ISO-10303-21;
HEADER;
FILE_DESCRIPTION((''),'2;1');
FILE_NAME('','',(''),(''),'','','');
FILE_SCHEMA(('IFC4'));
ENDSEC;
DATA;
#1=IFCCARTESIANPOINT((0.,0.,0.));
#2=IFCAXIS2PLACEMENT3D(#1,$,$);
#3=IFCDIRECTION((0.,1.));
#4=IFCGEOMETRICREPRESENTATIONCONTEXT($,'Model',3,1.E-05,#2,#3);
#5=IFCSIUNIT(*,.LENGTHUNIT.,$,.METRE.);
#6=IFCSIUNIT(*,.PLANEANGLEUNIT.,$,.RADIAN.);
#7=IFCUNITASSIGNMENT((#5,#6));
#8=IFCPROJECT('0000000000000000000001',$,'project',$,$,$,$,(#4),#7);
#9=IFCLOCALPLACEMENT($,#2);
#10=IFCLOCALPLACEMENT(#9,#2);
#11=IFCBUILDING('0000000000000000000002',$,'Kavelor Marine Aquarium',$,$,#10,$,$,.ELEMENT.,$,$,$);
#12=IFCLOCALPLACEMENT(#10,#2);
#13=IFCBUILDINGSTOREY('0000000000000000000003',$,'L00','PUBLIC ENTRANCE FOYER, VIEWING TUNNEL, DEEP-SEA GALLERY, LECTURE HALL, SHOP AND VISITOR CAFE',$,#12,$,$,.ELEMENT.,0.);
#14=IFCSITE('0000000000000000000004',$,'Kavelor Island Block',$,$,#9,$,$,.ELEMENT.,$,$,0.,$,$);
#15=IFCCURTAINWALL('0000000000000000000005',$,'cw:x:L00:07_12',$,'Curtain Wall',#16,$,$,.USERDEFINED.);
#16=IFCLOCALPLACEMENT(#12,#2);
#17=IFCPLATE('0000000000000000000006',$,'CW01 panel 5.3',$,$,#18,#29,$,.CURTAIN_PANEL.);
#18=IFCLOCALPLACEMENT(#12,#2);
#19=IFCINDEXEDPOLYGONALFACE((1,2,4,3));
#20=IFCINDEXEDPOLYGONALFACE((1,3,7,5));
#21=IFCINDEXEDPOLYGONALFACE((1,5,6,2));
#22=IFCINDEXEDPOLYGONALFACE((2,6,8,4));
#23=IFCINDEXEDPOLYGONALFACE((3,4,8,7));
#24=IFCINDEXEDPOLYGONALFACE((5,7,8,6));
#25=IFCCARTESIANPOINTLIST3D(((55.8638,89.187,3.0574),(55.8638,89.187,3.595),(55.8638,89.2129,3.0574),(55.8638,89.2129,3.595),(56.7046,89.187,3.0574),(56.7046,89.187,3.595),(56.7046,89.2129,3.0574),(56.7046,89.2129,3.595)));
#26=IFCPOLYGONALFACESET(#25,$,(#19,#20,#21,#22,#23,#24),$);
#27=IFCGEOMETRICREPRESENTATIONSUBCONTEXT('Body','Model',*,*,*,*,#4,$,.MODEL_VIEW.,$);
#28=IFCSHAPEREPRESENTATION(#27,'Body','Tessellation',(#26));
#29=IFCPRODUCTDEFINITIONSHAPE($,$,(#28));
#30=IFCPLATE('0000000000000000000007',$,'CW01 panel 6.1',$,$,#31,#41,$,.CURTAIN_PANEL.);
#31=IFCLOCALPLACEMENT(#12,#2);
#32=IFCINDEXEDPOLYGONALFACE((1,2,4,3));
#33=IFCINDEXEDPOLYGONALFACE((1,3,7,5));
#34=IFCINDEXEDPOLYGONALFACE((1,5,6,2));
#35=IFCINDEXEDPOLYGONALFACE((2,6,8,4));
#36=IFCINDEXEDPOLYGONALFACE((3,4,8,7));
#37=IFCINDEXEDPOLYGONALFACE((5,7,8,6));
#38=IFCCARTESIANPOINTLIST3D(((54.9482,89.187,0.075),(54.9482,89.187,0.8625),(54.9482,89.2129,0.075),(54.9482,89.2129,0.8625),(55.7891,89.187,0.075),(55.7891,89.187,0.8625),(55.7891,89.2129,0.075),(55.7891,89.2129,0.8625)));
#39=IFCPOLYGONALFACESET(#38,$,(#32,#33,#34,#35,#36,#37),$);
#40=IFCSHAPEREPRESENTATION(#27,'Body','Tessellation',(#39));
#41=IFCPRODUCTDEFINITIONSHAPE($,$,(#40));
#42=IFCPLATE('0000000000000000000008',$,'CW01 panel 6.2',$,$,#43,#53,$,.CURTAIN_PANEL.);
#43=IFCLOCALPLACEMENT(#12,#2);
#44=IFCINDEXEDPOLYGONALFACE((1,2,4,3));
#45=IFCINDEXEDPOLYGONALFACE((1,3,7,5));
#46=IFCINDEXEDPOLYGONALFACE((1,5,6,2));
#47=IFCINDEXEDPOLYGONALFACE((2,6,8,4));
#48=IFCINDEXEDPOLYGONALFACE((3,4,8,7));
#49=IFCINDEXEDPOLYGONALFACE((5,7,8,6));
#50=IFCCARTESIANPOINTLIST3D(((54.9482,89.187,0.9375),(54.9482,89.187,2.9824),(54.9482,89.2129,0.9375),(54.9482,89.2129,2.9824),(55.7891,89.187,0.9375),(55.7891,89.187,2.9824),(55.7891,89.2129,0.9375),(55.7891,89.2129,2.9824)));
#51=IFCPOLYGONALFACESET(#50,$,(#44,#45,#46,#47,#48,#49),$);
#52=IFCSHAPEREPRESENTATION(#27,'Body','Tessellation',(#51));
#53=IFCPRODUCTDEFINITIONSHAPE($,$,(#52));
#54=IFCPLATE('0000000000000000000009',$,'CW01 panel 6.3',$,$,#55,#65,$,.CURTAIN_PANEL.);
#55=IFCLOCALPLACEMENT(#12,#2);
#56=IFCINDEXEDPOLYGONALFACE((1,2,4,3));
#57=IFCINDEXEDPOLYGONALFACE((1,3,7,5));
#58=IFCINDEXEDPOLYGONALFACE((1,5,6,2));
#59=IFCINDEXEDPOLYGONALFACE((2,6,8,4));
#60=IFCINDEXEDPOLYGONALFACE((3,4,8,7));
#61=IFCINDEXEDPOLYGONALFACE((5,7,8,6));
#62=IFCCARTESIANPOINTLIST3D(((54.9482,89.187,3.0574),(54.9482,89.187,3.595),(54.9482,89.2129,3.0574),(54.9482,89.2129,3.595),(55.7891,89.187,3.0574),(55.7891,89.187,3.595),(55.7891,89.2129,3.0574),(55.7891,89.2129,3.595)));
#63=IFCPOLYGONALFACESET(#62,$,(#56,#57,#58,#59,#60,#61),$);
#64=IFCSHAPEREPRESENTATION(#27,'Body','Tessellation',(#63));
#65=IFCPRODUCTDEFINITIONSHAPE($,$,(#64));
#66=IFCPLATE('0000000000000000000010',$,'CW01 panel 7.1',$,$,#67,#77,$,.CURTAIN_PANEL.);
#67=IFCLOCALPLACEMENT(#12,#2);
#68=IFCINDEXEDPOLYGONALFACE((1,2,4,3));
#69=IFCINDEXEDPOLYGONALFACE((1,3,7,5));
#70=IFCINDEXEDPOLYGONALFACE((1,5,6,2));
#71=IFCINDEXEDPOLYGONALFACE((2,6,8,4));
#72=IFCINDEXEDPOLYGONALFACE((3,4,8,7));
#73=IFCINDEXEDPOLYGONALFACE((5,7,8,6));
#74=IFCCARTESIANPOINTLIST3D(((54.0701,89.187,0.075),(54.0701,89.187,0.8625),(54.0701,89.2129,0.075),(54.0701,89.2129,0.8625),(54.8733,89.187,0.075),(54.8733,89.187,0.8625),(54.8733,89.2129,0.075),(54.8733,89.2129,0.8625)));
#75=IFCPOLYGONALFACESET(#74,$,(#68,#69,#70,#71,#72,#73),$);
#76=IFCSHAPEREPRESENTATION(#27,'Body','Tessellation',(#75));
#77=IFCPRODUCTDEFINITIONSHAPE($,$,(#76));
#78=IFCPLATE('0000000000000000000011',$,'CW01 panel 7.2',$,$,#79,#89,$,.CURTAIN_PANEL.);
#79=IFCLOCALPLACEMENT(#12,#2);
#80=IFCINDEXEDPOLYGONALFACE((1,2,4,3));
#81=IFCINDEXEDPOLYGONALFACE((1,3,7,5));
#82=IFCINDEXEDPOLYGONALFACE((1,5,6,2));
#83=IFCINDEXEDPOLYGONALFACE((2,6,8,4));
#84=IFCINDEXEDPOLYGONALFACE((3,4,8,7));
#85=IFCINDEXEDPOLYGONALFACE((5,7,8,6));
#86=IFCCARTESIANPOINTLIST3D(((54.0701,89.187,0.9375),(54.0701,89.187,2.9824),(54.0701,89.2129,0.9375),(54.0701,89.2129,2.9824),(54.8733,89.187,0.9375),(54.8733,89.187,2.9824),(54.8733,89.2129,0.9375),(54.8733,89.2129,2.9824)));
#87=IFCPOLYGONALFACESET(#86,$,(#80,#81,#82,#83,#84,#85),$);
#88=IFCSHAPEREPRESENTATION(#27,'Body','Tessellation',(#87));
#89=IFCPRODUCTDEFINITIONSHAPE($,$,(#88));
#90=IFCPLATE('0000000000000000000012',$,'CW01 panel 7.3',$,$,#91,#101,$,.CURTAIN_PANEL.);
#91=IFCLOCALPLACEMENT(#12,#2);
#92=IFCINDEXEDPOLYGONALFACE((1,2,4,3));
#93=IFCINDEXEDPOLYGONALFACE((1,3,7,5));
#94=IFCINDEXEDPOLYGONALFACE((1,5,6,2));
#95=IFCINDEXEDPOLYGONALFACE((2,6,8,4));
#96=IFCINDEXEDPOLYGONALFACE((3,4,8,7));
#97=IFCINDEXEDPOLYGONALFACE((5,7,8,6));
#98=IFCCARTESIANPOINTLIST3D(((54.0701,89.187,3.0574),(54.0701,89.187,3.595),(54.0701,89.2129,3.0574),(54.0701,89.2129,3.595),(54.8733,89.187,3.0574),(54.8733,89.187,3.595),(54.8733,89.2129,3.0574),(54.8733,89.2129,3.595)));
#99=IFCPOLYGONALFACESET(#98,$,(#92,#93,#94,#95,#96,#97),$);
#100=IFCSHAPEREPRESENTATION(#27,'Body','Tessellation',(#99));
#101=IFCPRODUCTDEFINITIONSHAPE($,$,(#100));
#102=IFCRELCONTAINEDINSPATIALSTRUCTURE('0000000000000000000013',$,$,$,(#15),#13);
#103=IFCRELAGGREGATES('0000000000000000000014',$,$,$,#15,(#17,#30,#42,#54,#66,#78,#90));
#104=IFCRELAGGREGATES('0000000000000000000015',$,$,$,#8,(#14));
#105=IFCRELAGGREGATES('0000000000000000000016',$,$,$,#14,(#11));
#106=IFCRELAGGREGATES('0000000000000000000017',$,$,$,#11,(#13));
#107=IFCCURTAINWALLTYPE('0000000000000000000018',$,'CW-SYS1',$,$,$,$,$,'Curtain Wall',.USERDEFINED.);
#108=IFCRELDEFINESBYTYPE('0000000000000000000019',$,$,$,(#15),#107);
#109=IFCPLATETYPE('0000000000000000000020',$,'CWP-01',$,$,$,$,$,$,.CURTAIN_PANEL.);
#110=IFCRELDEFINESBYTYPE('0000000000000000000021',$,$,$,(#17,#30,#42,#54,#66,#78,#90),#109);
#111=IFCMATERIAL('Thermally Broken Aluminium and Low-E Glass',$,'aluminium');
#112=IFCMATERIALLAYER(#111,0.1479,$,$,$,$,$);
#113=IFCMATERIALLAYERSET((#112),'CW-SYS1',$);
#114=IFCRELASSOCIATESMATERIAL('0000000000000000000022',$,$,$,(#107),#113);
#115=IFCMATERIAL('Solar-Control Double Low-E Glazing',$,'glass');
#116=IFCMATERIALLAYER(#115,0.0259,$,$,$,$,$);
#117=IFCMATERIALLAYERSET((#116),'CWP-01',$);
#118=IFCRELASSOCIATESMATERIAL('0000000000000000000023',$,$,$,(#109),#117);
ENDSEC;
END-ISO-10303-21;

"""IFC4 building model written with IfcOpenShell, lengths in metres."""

from ifc_helpers import new_model, si_unit, direction, frame, origin, origin_2d, place, context, subcontext, project, spatial, rectangle, extrude, material, layer, layer_set, type_object, element, aggregate, save


model = new_model("IFC4")

# Units and contexts
model_context = context("Model", 3, precision=1e-05, world=origin(), true_north=direction((0.0, 1.0)))
body_context = subcontext(model_context, "Body", "Model", "MODEL_VIEW")
ifc_project = project(units=[si_unit("LENGTHUNIT", "METRE"), si_unit("PLANEANGLEUNIT", "RADIAN")], contexts=[model_context])

# Site, building, storey
site_placement = place(None, origin())
site = spatial("IfcSite", under=ifc_project, at=site_placement, Name="Kavelor Island Block", CompositionType="ELEMENT", RefElevation=0.0)
building_placement = place(site_placement, origin())
building = spatial("IfcBuilding", under=site, at=building_placement, Name="Kavelor Marine Aquarium", CompositionType="ELEMENT")
storey_placement = place(building_placement, origin())
storey = spatial("IfcBuildingStorey", under=building, at=storey_placement, Name="L00", Description="PUBLIC ENTRANCE FOYER, VIEWING TUNNEL, DEEP-SEA GALLERY, LECTURE HALL, SHOP AND VISITOR CAFE", CompositionType="ELEMENT", Elevation=0.0)

# Curtain wall, plates
ifc_material_1 = material(Name="Thermally Broken Aluminium and Low-E Glass", Category="aluminium")
ifc_layer_1 = layer(ifc_material_1, 0.1479)
ifc_layer_set_1 = layer_set([ifc_layer_1], Name="CW-SYS1")
curtain_wall_type = type_object("IfcCurtainWallType", Name="CW-SYS1", ElementType="Curtain Wall", PredefinedType="USERDEFINED", material=ifc_layer_set_1)
curtain_wall_placement = place(storey_placement, origin())
curtain_wall = element("IfcCurtainWall", 1, at=curtain_wall_placement, inside=storey, type_object=curtain_wall_type, Name="cw:x:L00:07_12", ObjectType="Curtain Wall", PredefinedType="USERDEFINED")
ifc_material_2 = material(Name="Solar-Control Double Low-E Glazing", Category="glass")
ifc_layer_2 = layer(ifc_material_2, 0.0259)
ifc_layer_set_2 = layer_set([ifc_layer_2], Name="CWP-01")
plate_type = type_object("IfcPlateType", Name="CWP-01", PredefinedType="CURTAIN_PANEL", material=ifc_layer_set_2)
plate_1_placement = place(storey_placement, frame((56.2842, 89.2, 3.0574), z_axis=(0.0, 0.0, 1.0), x_axis=(-1.0, 0.0, 0.0)))
plate_1 = element("IfcPlate", 2, at=plate_1_placement, type_object=plate_type, Name="CW01 panel 5.3", PredefinedType="CURTAIN_PANEL", context=body_context, shape_type="SweptSolid", body=[
    extrude(rectangle(XDim=0.8408, YDim=0.0259, at=origin_2d()), origin(), (0.0, 0.0, 1.0), 0.5376),
])
plate_2_placement = place(storey_placement, frame((55.3687, 89.2, 0.075), z_axis=(0.0, 0.0, 1.0), x_axis=(-1.0, 0.0, 0.0)))
plate_2 = element("IfcPlate", 3, at=plate_2_placement, type_object=plate_type, Name="CW01 panel 6.1", PredefinedType="CURTAIN_PANEL", context=body_context, shape_type="SweptSolid", body=[
    extrude(rectangle(XDim=0.8408, YDim=0.0259, at=origin_2d()), origin(), (0.0, 0.0, 1.0), 0.7876),
])
plate_3_placement = place(storey_placement, frame((55.3687, 89.2, 0.9375), z_axis=(0.0, 0.0, 1.0), x_axis=(-1.0, 0.0, 0.0)))
plate_3 = element("IfcPlate", 4, at=plate_3_placement, type_object=plate_type, Name="CW01 panel 6.2", PredefinedType="CURTAIN_PANEL", context=body_context, shape_type="SweptSolid", body=[
    extrude(rectangle(XDim=0.8408, YDim=0.0259, at=origin_2d()), origin(), (0.0, 0.0, 1.0), 2.0449),
])
plate_4_placement = place(storey_placement, frame((55.3687, 89.2, 3.0574), z_axis=(0.0, 0.0, 1.0), x_axis=(-1.0, 0.0, 0.0)))
plate_4 = element("IfcPlate", 5, at=plate_4_placement, type_object=plate_type, Name="CW01 panel 6.3", PredefinedType="CURTAIN_PANEL", context=body_context, shape_type="SweptSolid", body=[
    extrude(rectangle(XDim=0.8408, YDim=0.0259, at=origin_2d()), origin(), (0.0, 0.0, 1.0), 0.5376),
])
plate_5_placement = place(storey_placement, frame((54.4717, 89.2, 0.075), z_axis=(0.0, 0.0, 1.0), x_axis=(-1.0, 0.0, 0.0)))
plate_5 = element("IfcPlate", 6, at=plate_5_placement, type_object=plate_type, Name="CW01 panel 7.1", PredefinedType="CURTAIN_PANEL", context=body_context, shape_type="SweptSolid", body=[
    extrude(rectangle(XDim=0.8032, YDim=0.0259, at=origin_2d()), origin(), (0.0, 0.0, 1.0), 0.7876),
])
plate_6_placement = place(storey_placement, frame((54.4717, 89.2, 0.9375), z_axis=(0.0, 0.0, 1.0), x_axis=(-1.0, 0.0, 0.0)))
plate_6 = element("IfcPlate", 7, at=plate_6_placement, type_object=plate_type, Name="CW01 panel 7.2", PredefinedType="CURTAIN_PANEL", context=body_context, shape_type="SweptSolid", body=[
    extrude(rectangle(XDim=0.8032, YDim=0.0259, at=origin_2d()), origin(), (0.0, 0.0, 1.0), 2.0449),
])
plate_7_placement = place(storey_placement, frame((54.4717, 89.2, 3.0574), z_axis=(0.0, 0.0, 1.0), x_axis=(-1.0, 0.0, 0.0)))
plate_7 = element("IfcPlate", 8, at=plate_7_placement, type_object=plate_type, Name="CW01 panel 7.3", PredefinedType="CURTAIN_PANEL", context=body_context, shape_type="SweptSolid", body=[
    extrude(rectangle(XDim=0.8032, YDim=0.0259, at=origin_2d()), origin(), (0.0, 0.0, 1.0), 0.5376),
])
aggregate(curtain_wall, [plate_1, plate_2, plate_3, plate_4, plate_5, plate_6, plate_7])

save(model, "model.ifc")
